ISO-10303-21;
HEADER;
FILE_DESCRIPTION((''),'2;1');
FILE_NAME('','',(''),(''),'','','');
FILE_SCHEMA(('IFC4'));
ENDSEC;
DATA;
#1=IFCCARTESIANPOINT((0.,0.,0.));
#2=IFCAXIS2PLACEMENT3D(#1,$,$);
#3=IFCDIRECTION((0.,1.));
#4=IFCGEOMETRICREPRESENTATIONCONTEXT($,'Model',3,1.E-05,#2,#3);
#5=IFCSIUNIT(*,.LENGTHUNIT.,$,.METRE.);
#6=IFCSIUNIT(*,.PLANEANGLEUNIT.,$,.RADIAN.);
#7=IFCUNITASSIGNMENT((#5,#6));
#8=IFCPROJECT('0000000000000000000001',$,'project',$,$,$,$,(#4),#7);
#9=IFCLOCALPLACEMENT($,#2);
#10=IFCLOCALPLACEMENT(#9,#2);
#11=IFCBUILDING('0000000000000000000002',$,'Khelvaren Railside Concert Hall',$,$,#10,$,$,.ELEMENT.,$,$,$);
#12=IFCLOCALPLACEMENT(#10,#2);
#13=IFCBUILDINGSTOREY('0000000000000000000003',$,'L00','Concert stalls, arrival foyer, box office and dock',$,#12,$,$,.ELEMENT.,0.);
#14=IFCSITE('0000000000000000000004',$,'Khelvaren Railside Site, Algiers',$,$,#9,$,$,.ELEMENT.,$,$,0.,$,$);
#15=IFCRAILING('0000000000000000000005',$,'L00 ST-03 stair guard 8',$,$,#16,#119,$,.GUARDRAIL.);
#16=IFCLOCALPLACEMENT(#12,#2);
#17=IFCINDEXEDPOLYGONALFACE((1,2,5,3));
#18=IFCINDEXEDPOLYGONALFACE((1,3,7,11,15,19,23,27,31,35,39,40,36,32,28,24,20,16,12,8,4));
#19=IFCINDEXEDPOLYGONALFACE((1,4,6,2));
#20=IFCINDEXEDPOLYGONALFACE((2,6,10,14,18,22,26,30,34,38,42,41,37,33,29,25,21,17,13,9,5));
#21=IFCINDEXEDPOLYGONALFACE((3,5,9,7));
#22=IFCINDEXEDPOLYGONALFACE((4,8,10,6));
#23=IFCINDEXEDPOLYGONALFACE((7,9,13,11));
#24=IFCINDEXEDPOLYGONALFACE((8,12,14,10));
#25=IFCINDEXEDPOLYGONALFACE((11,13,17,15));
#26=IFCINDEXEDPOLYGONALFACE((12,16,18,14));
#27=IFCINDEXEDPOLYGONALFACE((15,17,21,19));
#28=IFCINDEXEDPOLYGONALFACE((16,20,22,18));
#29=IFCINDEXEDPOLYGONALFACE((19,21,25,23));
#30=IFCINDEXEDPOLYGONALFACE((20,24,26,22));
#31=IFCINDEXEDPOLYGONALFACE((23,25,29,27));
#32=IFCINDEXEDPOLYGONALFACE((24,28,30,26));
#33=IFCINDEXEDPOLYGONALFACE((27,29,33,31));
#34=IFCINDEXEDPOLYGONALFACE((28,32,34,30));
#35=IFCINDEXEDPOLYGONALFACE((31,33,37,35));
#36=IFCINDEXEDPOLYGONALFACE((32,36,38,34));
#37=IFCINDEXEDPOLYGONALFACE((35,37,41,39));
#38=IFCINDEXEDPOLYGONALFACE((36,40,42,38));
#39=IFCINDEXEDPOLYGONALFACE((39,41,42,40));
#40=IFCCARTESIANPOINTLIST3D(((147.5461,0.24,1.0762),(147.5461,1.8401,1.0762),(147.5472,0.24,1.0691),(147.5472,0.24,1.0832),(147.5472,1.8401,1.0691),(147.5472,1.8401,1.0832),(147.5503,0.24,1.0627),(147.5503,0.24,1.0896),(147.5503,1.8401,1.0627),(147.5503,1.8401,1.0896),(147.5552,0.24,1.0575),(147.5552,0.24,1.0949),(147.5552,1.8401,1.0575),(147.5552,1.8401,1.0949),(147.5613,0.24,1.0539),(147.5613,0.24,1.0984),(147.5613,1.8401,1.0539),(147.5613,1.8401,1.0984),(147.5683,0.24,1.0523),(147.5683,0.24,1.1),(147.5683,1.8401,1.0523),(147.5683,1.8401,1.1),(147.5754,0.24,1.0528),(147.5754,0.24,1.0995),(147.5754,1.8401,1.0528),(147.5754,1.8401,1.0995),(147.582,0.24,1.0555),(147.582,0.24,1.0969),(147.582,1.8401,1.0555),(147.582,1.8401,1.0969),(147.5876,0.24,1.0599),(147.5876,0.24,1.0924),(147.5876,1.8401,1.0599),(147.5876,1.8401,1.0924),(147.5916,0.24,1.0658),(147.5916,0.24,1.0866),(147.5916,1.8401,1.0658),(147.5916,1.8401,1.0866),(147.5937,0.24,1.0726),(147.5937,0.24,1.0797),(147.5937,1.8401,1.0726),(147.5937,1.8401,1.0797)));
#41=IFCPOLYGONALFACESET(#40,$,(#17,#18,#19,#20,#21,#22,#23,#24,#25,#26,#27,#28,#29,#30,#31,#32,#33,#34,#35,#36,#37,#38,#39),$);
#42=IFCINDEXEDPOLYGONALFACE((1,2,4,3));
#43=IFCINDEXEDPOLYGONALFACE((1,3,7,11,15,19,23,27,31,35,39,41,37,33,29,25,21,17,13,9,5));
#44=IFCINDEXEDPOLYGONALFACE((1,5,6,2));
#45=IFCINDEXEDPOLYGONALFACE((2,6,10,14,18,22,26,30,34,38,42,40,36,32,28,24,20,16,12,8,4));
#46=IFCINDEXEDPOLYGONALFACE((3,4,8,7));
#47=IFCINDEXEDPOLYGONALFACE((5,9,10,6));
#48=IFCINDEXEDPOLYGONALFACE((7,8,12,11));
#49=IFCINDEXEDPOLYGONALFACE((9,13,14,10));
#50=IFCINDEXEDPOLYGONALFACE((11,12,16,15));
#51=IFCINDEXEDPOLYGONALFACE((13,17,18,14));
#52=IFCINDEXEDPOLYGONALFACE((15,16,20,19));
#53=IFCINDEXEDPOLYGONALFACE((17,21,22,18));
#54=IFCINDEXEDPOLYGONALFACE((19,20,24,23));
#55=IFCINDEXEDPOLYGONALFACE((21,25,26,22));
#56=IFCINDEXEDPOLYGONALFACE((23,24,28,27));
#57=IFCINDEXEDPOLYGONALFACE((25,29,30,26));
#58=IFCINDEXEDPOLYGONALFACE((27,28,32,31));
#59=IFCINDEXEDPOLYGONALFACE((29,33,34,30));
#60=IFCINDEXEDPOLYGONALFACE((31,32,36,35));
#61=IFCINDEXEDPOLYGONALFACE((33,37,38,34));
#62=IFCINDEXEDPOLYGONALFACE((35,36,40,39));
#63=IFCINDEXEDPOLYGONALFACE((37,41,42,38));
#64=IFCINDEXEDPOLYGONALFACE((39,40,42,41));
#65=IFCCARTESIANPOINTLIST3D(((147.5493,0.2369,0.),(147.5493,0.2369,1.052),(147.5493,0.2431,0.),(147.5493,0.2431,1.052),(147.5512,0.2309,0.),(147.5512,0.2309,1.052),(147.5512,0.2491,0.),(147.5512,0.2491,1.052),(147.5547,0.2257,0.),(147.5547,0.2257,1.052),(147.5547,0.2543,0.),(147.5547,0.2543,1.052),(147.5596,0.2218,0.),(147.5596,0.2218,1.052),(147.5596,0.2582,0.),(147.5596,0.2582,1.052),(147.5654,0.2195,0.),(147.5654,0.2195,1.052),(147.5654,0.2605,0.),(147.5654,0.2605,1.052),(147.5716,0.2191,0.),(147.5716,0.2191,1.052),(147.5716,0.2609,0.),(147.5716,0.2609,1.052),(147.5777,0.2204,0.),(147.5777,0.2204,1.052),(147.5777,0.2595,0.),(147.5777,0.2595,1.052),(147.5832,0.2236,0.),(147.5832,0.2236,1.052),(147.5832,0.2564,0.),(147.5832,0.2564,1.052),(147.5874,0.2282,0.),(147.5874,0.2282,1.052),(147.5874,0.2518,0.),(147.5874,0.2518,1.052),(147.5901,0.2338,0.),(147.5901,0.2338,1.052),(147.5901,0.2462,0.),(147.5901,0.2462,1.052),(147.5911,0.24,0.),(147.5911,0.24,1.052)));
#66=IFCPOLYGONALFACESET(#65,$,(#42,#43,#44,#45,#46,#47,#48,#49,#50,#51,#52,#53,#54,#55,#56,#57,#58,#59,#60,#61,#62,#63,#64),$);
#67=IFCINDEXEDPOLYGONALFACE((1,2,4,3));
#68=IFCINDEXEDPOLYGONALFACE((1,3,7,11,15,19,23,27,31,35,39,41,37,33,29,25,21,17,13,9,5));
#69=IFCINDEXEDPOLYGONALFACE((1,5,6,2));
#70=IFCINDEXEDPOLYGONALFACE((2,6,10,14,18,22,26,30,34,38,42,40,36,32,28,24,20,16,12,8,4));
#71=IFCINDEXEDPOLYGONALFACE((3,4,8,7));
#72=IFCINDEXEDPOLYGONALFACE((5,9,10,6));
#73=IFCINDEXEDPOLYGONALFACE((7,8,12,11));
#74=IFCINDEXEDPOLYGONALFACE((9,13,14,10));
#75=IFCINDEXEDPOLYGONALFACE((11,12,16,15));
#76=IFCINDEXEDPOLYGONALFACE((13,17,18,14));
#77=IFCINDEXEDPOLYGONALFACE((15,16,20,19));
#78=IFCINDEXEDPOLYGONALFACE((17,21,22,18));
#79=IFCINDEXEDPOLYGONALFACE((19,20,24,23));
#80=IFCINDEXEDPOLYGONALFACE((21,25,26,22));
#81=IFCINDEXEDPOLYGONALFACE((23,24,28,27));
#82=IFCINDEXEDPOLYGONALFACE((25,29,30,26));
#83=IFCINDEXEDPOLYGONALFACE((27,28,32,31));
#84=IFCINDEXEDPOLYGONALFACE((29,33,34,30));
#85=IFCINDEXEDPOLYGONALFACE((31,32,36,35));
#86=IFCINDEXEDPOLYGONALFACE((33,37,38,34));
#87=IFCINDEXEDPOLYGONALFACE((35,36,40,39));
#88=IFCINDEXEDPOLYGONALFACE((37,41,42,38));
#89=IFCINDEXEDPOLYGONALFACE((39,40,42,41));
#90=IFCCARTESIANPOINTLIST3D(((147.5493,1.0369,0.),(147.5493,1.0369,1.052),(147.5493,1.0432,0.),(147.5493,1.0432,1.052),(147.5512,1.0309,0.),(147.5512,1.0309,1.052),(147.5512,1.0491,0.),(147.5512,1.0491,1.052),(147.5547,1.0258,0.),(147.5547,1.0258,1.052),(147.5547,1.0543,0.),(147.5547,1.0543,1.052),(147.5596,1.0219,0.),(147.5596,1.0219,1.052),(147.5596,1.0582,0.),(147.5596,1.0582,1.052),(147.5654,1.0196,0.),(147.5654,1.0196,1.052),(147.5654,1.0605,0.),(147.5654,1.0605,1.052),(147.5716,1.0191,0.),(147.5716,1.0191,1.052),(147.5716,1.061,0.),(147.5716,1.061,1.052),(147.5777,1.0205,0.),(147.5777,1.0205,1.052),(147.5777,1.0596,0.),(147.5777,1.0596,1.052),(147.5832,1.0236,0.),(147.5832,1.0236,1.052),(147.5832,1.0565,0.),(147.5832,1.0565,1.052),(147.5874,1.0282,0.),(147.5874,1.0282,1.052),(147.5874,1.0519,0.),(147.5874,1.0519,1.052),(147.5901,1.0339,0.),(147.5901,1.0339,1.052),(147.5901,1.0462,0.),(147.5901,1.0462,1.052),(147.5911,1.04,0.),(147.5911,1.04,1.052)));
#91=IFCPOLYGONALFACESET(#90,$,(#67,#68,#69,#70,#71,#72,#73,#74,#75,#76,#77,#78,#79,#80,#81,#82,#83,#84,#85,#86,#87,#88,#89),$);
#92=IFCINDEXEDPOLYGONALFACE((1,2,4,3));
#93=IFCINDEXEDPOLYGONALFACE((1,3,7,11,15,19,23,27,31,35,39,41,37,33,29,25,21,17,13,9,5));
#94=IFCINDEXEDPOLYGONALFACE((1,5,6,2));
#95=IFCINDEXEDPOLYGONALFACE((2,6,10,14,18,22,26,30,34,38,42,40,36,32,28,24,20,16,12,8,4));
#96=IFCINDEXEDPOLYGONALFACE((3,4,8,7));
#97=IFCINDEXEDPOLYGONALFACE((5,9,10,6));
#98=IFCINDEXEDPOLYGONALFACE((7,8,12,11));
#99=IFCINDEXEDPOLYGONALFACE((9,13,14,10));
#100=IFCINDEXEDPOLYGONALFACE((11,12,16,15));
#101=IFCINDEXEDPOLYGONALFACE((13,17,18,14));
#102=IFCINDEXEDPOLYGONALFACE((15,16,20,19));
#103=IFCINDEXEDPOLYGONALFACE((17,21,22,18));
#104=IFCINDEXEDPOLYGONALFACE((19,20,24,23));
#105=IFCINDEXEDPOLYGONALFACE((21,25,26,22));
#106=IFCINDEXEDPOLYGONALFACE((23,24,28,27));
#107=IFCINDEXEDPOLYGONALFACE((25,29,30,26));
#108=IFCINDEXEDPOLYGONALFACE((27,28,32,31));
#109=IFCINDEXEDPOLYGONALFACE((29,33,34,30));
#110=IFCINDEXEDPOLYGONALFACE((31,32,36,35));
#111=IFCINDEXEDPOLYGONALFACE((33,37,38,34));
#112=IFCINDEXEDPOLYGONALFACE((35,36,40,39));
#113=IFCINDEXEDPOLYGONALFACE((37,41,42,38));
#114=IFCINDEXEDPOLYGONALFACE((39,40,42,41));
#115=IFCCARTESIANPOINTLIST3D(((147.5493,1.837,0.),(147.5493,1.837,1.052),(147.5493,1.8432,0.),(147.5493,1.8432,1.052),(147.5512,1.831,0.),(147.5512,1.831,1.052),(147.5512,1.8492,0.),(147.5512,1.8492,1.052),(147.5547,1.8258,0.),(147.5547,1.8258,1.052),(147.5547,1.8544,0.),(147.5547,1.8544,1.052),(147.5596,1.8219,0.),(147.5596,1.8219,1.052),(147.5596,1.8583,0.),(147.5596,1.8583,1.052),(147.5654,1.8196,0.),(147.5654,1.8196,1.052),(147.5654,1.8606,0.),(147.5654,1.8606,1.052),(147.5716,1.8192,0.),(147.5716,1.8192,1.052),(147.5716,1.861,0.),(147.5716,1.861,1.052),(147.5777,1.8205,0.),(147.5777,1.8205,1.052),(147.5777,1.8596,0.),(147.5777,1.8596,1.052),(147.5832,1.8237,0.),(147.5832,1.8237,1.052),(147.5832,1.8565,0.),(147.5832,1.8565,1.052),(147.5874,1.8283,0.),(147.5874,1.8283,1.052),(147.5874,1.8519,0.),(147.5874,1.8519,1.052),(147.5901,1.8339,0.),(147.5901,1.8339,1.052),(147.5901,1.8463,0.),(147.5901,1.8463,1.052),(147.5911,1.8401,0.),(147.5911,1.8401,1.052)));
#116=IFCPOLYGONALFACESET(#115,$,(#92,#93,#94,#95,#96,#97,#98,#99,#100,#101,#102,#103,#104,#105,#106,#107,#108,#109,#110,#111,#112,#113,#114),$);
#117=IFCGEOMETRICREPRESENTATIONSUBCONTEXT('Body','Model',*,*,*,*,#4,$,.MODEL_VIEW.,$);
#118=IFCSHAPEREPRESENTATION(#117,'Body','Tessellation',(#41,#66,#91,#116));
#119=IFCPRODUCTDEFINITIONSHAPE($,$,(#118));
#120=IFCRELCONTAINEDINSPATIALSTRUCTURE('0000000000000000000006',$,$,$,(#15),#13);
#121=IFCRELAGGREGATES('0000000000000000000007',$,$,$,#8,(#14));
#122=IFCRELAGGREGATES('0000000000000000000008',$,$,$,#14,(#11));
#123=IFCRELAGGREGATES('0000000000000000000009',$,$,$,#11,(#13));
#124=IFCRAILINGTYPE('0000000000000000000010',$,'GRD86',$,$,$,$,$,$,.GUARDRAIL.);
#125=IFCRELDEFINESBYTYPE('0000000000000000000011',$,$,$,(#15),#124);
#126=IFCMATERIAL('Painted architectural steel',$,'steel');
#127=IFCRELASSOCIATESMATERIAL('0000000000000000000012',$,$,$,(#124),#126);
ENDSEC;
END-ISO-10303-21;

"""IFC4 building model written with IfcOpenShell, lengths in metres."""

from ifc_helpers import new_model, si_unit, direction, frame, origin, origin_2d, place, context, subcontext, project, spatial, circle, extrude, material, type_object, element, save


model = new_model("IFC4")

# Units and contexts
model_context = context("Model", 3, precision=1e-05, world=origin(), true_north=direction((0.0, 1.0)))
body_context = subcontext(model_context, "Body", "Model", "MODEL_VIEW")
ifc_project = project(units=[si_unit("LENGTHUNIT", "METRE"), si_unit("PLANEANGLEUNIT", "RADIAN")], contexts=[model_context])

# Site, building, storey
site_placement = place(None, origin())
site = spatial("IfcSite", under=ifc_project, at=site_placement, Name="Khelvaren Railside Site, Algiers", CompositionType="ELEMENT", RefElevation=0.0)
building_placement = place(site_placement, origin())
building = spatial("IfcBuilding", under=site, at=building_placement, Name="Khelvaren Railside Concert Hall", CompositionType="ELEMENT")
storey_placement = place(building_placement, origin())
storey = spatial("IfcBuildingStorey", under=building, at=storey_placement, Name="L00", Description="Concert stalls, arrival foyer, box office and dock", CompositionType="ELEMENT", Elevation=0.0)

# Railing
ifc_material_1 = material(Name="Painted architectural steel", Category="steel")
railing_type_1 = type_object("IfcRailingType", Name="GRD86", PredefinedType="GUARDRAIL", material=ifc_material_1)
railing_1_placement = place(storey_placement, frame((147.5701, 0.24, 0.0)))
element("IfcRailing", 1, at=railing_1_placement, inside=storey, type_object=railing_type_1, Name="L00 ST-03 stair guard 8", PredefinedType="GUARDRAIL", context=body_context, shape_type="SweptSolid", body=[
    extrude(circle(Radius=0.0239, at=origin_2d()), frame((0.0, 0.0, 1.0762), z_axis=(0.0, 1.0, 0.0), x_axis=(-1.0, 0.0, 0.0)), (0.0, 0.0, 1.0), 1.6001),
    extrude(circle(Radius=0.021, at=origin_2d()), origin(), (0.0, 0.0, 1.0), 1.052),
    extrude(circle(Radius=0.021, at=origin_2d()), frame((0.0, 0.8, 0.0)), (0.0, 0.0, 1.0), 1.052),
    extrude(circle(Radius=0.021, at=origin_2d()), frame((0.0, 1.6001, 0.0)), (0.0, 0.0, 1.0), 1.052),
])

save(model, "model.ifc")
